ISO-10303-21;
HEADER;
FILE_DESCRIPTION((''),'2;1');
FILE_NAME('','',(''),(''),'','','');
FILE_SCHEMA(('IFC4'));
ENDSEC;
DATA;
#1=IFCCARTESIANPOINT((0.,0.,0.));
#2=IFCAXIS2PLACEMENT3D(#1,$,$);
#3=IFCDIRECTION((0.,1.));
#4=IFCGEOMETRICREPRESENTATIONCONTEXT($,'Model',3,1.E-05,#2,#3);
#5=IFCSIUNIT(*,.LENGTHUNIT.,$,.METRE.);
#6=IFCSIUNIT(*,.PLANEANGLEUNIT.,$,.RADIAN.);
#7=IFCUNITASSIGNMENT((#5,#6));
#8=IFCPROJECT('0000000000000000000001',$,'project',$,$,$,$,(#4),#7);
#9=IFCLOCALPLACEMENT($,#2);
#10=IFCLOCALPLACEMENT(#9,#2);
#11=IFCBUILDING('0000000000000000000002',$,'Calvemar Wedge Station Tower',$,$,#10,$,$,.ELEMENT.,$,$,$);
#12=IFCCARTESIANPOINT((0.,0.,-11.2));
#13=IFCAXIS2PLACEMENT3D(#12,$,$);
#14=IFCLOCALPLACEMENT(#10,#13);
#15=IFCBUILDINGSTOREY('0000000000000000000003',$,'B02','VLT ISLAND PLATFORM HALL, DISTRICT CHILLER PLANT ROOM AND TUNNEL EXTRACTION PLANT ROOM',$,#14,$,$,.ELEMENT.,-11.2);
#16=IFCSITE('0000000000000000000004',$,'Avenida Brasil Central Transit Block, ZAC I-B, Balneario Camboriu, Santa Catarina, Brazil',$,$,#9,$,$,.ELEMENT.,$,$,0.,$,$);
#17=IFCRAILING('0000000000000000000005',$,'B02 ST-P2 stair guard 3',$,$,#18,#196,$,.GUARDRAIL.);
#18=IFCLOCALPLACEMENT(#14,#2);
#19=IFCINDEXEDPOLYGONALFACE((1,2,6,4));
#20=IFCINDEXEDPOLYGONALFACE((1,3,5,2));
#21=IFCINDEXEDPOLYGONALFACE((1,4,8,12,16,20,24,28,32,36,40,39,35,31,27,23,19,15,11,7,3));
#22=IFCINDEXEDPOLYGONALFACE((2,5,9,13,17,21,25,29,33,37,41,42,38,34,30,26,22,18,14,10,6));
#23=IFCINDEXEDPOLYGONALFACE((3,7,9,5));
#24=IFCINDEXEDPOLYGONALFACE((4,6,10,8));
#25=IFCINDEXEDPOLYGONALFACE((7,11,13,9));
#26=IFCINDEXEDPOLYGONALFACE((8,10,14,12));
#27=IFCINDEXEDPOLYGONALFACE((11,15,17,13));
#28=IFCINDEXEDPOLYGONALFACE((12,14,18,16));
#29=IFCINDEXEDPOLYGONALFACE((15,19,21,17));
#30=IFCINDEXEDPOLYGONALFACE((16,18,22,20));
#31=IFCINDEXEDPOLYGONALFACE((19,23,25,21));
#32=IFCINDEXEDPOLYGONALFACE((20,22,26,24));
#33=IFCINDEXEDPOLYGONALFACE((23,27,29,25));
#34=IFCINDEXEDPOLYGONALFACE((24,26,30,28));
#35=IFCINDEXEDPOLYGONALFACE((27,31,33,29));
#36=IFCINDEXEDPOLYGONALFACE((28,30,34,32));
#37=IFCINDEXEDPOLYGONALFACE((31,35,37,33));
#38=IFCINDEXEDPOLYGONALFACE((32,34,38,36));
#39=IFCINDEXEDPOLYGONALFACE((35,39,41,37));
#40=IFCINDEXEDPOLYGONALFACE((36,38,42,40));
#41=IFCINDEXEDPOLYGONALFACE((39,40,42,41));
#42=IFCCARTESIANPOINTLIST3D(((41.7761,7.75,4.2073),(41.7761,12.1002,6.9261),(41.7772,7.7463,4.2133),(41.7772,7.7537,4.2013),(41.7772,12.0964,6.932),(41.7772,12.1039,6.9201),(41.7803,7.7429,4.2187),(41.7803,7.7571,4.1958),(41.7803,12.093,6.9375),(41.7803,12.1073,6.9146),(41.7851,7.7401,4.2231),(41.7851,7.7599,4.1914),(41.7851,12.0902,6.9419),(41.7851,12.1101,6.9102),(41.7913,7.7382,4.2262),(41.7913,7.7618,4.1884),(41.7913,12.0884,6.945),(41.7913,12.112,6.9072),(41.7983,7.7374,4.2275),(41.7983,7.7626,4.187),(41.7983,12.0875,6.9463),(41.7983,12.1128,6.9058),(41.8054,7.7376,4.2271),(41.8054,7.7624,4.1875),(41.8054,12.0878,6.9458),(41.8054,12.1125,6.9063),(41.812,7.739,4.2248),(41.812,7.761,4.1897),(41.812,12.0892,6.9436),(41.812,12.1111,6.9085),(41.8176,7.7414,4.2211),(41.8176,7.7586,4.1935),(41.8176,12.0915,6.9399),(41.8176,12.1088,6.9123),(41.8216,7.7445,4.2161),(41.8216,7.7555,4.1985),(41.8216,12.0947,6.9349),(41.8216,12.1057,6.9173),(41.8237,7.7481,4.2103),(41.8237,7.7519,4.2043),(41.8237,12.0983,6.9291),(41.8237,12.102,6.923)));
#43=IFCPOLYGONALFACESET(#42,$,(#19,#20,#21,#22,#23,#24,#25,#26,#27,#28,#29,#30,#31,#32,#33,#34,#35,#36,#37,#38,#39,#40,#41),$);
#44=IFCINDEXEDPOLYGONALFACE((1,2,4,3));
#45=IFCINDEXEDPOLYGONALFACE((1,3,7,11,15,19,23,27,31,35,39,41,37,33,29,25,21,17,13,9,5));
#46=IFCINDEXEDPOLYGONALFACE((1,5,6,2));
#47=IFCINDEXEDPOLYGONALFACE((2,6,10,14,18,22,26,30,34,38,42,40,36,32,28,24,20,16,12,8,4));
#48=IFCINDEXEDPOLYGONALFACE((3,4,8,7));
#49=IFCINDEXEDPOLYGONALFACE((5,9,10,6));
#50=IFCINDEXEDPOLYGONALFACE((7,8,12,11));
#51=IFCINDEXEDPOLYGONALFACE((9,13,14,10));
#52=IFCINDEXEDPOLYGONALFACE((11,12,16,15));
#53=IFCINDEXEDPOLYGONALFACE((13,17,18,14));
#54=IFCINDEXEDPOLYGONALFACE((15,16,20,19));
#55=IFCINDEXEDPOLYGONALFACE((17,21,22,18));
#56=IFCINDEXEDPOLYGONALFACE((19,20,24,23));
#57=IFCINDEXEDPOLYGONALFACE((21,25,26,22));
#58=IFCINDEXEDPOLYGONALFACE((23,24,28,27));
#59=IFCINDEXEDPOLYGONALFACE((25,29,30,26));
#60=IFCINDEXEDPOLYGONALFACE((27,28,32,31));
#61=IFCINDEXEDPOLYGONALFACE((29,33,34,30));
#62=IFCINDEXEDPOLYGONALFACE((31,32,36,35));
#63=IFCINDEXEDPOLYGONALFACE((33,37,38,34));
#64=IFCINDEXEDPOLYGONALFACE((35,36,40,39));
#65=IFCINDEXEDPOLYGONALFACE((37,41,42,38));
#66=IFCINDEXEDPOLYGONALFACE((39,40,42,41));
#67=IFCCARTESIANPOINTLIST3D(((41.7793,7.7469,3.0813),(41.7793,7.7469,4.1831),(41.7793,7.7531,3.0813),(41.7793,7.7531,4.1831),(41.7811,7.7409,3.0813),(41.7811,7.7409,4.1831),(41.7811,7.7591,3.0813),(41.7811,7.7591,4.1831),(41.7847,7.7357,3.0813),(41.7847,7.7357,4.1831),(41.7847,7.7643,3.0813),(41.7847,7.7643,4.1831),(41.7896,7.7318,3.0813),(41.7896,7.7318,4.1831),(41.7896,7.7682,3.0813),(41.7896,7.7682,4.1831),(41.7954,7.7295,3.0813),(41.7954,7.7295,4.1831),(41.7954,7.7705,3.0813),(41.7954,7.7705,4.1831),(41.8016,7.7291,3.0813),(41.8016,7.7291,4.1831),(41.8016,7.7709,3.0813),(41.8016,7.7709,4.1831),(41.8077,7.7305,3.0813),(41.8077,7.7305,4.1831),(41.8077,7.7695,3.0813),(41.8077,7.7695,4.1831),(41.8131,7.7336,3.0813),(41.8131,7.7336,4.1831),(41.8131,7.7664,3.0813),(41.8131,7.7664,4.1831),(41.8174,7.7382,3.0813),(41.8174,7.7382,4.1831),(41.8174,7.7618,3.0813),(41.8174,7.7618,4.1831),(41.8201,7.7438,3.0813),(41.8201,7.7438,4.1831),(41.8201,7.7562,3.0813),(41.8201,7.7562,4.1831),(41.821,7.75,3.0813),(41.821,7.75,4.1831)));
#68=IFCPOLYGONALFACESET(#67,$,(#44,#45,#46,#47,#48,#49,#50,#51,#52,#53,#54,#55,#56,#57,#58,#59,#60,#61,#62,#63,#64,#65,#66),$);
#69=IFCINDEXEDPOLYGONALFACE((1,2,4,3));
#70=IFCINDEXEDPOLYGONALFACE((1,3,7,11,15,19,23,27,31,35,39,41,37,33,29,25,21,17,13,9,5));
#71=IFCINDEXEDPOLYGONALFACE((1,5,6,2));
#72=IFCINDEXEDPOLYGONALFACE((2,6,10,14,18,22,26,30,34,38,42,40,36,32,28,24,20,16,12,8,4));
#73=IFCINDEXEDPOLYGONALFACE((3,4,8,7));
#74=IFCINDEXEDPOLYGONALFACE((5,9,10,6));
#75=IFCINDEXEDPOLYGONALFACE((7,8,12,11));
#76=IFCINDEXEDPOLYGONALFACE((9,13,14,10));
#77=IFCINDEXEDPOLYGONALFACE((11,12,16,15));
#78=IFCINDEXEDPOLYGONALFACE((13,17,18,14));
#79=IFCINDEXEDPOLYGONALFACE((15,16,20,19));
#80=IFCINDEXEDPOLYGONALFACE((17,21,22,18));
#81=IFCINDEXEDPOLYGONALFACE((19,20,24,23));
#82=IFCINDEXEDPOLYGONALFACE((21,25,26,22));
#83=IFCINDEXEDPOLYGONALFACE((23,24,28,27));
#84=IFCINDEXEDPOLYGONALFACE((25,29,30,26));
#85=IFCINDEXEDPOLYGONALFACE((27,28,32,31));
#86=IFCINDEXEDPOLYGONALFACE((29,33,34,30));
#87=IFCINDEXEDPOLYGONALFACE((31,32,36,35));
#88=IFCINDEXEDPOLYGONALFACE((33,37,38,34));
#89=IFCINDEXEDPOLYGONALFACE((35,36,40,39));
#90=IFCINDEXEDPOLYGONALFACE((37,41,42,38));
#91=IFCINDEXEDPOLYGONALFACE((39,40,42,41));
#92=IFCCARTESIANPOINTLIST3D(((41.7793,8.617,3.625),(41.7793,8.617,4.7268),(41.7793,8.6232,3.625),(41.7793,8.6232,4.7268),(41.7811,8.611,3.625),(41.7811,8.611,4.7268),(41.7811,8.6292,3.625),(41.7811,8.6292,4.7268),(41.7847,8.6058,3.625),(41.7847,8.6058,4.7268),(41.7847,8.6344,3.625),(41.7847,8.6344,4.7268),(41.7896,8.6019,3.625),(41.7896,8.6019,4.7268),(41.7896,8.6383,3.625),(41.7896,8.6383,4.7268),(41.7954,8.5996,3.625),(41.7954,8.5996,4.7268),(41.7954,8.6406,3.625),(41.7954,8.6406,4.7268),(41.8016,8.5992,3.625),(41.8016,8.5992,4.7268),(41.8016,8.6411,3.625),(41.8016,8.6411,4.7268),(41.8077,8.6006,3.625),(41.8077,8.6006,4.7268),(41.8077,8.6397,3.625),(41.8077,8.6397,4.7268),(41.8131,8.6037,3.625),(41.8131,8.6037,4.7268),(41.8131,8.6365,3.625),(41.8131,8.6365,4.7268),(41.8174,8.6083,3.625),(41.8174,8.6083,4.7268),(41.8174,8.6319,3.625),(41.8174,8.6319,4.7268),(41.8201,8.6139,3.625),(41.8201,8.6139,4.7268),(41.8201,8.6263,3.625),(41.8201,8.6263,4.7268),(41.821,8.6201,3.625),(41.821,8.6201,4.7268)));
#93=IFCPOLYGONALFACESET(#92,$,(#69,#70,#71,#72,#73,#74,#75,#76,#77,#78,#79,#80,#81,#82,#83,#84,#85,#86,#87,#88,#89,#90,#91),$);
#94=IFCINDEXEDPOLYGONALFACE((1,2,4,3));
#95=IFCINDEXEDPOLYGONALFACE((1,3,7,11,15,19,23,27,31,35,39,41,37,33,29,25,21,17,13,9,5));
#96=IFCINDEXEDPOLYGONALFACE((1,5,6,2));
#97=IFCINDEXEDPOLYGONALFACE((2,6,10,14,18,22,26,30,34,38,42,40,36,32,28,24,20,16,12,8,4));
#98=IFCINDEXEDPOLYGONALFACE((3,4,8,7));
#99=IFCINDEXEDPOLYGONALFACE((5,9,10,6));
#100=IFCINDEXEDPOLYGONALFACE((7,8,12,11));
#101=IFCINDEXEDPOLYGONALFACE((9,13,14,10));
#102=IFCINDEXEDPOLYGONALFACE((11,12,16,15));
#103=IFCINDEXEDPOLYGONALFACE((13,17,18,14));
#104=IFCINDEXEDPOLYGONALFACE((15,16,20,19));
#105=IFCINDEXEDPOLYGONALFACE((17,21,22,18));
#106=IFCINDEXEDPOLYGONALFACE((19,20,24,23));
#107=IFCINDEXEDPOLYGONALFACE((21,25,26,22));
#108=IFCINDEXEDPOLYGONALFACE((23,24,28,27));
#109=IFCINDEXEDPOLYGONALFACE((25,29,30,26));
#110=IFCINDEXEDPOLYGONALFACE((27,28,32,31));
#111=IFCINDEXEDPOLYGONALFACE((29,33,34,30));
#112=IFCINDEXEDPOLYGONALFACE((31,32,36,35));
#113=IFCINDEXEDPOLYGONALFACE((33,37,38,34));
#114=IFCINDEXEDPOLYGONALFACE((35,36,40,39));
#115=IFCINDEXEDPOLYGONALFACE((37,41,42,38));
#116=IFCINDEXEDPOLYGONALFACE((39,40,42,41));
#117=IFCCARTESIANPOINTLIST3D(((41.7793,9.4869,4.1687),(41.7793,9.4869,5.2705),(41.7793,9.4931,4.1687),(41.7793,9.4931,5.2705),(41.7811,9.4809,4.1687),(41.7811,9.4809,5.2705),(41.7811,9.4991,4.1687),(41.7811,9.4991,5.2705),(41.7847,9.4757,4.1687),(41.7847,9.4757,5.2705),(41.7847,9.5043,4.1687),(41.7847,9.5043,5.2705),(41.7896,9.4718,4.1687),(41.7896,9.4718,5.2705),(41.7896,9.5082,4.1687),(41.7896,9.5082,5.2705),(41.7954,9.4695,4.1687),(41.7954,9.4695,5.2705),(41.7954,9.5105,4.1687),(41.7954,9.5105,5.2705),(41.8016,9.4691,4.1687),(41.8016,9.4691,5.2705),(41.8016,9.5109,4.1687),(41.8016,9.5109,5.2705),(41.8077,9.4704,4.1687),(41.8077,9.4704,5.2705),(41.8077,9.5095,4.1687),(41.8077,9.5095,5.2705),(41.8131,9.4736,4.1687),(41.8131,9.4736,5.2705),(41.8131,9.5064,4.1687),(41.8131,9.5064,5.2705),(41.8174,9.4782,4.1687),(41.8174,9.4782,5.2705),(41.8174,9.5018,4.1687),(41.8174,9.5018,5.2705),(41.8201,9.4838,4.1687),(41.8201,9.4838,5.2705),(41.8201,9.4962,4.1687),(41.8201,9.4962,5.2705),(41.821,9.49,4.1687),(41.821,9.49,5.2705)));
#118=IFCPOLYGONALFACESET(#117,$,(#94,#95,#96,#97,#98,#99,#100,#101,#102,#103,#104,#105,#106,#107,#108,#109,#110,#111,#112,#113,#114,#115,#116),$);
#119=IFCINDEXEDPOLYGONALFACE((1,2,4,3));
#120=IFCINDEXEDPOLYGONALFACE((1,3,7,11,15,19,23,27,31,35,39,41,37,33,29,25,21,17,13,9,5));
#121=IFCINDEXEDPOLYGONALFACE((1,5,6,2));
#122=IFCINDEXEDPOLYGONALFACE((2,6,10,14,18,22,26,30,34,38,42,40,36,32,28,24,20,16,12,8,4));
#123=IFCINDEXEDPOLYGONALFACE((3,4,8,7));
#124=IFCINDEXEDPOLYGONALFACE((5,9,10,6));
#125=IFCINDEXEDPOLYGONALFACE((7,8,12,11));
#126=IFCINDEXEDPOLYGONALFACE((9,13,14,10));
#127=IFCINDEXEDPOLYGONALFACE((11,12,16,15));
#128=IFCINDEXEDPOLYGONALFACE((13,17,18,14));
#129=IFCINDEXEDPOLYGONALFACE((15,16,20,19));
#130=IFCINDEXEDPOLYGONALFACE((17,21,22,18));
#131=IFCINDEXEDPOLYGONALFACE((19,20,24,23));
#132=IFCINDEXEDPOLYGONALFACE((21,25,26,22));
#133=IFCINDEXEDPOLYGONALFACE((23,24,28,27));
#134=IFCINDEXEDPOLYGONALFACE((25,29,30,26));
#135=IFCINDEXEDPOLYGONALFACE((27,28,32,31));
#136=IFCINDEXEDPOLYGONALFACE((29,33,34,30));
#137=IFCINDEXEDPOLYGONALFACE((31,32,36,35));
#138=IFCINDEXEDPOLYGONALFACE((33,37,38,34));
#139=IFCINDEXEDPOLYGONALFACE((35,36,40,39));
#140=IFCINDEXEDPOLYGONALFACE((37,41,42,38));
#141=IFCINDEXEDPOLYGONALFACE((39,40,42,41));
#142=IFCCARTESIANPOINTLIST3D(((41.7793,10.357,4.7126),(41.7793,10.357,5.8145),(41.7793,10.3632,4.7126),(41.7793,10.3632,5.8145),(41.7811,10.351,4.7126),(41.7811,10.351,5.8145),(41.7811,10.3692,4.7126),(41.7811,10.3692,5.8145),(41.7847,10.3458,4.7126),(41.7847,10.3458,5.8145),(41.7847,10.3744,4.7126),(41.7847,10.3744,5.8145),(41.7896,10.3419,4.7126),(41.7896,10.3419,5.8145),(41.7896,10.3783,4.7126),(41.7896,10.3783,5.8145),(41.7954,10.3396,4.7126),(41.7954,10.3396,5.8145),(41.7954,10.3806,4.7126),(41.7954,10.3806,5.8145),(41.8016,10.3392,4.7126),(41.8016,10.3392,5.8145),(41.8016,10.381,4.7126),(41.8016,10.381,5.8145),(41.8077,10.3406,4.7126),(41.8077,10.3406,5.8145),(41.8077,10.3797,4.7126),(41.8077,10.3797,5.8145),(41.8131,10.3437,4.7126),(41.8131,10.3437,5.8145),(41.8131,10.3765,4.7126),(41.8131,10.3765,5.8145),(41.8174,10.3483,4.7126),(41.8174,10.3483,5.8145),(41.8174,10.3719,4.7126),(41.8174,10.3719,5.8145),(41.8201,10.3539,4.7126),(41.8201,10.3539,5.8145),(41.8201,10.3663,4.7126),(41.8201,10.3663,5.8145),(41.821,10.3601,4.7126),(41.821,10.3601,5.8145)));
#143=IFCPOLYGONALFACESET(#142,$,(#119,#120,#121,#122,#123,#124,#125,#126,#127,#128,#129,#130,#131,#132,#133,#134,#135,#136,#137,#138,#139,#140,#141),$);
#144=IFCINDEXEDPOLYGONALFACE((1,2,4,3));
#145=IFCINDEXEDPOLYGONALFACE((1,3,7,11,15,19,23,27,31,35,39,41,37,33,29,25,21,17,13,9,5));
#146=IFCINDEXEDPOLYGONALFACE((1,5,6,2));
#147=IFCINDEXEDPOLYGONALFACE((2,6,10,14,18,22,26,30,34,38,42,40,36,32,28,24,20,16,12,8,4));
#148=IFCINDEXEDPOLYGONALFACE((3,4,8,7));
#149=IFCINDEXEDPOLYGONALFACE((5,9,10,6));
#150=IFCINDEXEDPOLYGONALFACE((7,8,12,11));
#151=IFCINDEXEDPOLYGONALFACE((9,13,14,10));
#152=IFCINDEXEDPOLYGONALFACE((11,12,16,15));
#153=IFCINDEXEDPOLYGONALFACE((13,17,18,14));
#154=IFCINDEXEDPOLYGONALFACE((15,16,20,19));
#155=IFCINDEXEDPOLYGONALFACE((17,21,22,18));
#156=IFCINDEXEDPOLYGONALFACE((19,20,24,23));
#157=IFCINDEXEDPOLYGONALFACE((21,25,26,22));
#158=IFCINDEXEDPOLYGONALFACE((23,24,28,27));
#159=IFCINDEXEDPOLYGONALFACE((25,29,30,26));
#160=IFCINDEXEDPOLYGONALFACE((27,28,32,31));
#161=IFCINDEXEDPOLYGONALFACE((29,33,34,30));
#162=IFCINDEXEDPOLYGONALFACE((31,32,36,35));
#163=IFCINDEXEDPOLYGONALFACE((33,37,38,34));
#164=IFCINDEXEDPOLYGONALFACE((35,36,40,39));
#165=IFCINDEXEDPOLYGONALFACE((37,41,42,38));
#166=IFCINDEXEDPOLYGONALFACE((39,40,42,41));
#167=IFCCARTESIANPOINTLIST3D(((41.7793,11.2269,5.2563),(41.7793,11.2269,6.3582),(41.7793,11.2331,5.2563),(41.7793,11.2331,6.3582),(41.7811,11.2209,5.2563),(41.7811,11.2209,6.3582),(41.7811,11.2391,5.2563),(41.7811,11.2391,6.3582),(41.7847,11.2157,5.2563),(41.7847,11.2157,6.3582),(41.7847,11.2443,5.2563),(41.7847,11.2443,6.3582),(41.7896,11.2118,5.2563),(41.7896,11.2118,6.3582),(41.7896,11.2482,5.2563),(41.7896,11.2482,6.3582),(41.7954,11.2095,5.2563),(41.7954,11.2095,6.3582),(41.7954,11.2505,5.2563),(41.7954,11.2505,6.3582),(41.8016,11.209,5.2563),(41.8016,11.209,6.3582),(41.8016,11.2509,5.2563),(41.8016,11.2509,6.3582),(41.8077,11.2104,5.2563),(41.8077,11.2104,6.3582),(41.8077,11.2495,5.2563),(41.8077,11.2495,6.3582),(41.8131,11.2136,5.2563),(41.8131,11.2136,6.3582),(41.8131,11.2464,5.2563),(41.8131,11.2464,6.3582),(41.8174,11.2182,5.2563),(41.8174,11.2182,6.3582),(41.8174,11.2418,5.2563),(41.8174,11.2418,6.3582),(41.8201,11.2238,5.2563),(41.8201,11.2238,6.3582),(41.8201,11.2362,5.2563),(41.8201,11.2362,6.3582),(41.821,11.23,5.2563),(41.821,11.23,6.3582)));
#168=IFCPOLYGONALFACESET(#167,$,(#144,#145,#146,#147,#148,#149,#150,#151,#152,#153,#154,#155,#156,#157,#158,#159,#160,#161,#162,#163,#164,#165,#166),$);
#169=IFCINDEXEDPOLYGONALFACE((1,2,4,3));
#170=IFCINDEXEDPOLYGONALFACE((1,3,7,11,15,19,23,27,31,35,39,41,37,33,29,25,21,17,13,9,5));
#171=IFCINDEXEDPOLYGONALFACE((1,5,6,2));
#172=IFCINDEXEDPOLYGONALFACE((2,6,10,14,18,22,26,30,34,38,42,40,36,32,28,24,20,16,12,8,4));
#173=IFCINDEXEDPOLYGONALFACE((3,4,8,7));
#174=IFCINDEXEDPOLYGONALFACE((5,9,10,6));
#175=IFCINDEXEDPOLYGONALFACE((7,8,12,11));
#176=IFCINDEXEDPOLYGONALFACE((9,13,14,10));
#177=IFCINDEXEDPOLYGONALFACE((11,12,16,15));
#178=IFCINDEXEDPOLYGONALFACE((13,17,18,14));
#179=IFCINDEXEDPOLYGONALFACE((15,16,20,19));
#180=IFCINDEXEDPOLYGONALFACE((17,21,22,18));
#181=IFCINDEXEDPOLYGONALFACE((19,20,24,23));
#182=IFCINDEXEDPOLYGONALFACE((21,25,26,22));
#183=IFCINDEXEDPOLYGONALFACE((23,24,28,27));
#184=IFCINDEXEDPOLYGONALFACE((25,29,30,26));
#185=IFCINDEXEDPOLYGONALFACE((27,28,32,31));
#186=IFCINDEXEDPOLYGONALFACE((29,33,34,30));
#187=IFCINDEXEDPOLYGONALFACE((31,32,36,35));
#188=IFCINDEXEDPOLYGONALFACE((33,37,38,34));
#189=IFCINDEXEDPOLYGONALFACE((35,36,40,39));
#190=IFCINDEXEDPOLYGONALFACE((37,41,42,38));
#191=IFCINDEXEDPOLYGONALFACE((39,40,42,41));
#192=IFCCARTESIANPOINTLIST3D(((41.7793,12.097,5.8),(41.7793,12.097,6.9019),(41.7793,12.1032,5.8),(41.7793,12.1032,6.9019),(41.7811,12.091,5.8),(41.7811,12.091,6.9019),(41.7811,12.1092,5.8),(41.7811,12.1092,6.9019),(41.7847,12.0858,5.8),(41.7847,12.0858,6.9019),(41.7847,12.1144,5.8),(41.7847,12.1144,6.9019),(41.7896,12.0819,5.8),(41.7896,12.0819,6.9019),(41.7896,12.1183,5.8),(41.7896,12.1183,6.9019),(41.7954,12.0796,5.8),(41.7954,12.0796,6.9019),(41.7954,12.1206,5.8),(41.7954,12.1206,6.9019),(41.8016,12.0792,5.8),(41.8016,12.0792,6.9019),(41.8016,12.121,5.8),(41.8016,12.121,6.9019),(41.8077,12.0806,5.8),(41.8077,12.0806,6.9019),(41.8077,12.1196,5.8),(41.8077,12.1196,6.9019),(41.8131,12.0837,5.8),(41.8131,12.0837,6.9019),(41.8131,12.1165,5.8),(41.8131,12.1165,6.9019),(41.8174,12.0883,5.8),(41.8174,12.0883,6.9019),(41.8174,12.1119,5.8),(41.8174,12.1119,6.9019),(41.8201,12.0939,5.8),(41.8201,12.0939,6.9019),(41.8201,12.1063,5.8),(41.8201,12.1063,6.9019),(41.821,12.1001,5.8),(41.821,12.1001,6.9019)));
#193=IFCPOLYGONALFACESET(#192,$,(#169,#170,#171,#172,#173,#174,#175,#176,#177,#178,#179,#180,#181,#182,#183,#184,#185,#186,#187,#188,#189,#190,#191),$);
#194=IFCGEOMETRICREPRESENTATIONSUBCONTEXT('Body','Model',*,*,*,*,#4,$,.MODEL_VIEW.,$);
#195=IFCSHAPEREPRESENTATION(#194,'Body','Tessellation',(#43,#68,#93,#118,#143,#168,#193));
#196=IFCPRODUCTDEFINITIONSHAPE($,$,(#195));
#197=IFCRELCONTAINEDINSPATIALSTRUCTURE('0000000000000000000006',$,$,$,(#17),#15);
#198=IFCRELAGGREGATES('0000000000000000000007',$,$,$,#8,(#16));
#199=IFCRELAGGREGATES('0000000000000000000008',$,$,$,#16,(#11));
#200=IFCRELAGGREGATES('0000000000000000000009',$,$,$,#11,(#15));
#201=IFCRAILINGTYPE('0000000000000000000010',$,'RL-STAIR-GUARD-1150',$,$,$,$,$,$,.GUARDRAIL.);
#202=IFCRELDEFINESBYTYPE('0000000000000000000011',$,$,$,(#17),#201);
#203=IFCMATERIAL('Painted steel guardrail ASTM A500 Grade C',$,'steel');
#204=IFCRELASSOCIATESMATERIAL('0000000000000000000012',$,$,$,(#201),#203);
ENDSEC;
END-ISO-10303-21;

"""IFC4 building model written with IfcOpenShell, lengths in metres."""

from ifc_helpers import new_model, si_unit, direction, frame, origin, origin_2d, place, context, subcontext, project, spatial, circle, extrude, material, type_object, element, save


model = new_model("IFC4")

# Units and contexts
model_context = context("Model", 3, precision=1e-05, world=origin(), true_north=direction((0.0, 1.0)))
body_context = subcontext(model_context, "Body", "Model", "MODEL_VIEW")
ifc_project = project(units=[si_unit("LENGTHUNIT", "METRE"), si_unit("PLANEANGLEUNIT", "RADIAN")], contexts=[model_context])

# Site, building, storey
site_placement = place(None, origin())
site = spatial("IfcSite", under=ifc_project, at=site_placement, Name="Avenida Brasil Central Transit Block, ZAC I-B, Balneario Camboriu, Santa Catarina, Brazil", CompositionType="ELEMENT", RefElevation=0.0)
building_placement = place(site_placement, origin())
building = spatial("IfcBuilding", under=site, at=building_placement, Name="Calvemar Wedge Station Tower", CompositionType="ELEMENT")
storey_placement = place(building_placement, frame((0.0, 0.0, -11.2)))
storey = spatial("IfcBuildingStorey", under=building, at=storey_placement, Name="B02", Description="VLT ISLAND PLATFORM HALL, DISTRICT CHILLER PLANT ROOM AND TUNNEL EXTRACTION PLANT ROOM", CompositionType="ELEMENT", Elevation=-11.2)

# Railing
ifc_material_1 = material(Name="Painted steel guardrail ASTM A500 Grade C", Category="steel")
railing_type_1 = type_object("IfcRailingType", Name="RL-STAIR-GUARD-1150", PredefinedType="GUARDRAIL", material=ifc_material_1)
railing_1_placement = place(storey_placement, frame((41.8, 7.75, 3.0813)))
element("IfcRailing", 1, at=railing_1_placement, inside=storey, type_object=railing_type_1, Name="B02 ST-P2 stair guard 3", PredefinedType="GUARDRAIL", context=body_context, shape_type="SweptSolid", body=[
    extrude(circle(Radius=0.0239, at=origin_2d()), frame((0.0, 0.0, 1.126), z_axis=(0.0, 0.848004, 0.52999), x_axis=(-1.0, 0.0, 0.0)), (0.0, 0.0, 1.0), 5.1299),
    extrude(circle(Radius=0.021, at=origin_2d()), origin(), (0.0, 0.0, 1.0), 1.1018),
    extrude(circle(Radius=0.021, at=origin_2d()), frame((0.0, 0.8701, 0.5437)), (0.0, 0.0, 1.0), 1.1018),
    extrude(circle(Radius=0.021, at=origin_2d()), frame((0.0, 1.74, 1.0874)), (0.0, 0.0, 1.0), 1.1018),
    extrude(circle(Radius=0.021, at=origin_2d()), frame((0.0, 2.6101, 1.6313)), (0.0, 0.0, 1.0), 1.1018),
    extrude(circle(Radius=0.021, at=origin_2d()), frame((0.0, 3.48, 2.175)), (0.0, 0.0, 1.0), 1.1018),
    extrude(circle(Radius=0.021, at=origin_2d()), frame((0.0, 4.3501, 2.7188)), (0.0, 0.0, 1.0), 1.1018),
])

save(model, "model.ifc")
